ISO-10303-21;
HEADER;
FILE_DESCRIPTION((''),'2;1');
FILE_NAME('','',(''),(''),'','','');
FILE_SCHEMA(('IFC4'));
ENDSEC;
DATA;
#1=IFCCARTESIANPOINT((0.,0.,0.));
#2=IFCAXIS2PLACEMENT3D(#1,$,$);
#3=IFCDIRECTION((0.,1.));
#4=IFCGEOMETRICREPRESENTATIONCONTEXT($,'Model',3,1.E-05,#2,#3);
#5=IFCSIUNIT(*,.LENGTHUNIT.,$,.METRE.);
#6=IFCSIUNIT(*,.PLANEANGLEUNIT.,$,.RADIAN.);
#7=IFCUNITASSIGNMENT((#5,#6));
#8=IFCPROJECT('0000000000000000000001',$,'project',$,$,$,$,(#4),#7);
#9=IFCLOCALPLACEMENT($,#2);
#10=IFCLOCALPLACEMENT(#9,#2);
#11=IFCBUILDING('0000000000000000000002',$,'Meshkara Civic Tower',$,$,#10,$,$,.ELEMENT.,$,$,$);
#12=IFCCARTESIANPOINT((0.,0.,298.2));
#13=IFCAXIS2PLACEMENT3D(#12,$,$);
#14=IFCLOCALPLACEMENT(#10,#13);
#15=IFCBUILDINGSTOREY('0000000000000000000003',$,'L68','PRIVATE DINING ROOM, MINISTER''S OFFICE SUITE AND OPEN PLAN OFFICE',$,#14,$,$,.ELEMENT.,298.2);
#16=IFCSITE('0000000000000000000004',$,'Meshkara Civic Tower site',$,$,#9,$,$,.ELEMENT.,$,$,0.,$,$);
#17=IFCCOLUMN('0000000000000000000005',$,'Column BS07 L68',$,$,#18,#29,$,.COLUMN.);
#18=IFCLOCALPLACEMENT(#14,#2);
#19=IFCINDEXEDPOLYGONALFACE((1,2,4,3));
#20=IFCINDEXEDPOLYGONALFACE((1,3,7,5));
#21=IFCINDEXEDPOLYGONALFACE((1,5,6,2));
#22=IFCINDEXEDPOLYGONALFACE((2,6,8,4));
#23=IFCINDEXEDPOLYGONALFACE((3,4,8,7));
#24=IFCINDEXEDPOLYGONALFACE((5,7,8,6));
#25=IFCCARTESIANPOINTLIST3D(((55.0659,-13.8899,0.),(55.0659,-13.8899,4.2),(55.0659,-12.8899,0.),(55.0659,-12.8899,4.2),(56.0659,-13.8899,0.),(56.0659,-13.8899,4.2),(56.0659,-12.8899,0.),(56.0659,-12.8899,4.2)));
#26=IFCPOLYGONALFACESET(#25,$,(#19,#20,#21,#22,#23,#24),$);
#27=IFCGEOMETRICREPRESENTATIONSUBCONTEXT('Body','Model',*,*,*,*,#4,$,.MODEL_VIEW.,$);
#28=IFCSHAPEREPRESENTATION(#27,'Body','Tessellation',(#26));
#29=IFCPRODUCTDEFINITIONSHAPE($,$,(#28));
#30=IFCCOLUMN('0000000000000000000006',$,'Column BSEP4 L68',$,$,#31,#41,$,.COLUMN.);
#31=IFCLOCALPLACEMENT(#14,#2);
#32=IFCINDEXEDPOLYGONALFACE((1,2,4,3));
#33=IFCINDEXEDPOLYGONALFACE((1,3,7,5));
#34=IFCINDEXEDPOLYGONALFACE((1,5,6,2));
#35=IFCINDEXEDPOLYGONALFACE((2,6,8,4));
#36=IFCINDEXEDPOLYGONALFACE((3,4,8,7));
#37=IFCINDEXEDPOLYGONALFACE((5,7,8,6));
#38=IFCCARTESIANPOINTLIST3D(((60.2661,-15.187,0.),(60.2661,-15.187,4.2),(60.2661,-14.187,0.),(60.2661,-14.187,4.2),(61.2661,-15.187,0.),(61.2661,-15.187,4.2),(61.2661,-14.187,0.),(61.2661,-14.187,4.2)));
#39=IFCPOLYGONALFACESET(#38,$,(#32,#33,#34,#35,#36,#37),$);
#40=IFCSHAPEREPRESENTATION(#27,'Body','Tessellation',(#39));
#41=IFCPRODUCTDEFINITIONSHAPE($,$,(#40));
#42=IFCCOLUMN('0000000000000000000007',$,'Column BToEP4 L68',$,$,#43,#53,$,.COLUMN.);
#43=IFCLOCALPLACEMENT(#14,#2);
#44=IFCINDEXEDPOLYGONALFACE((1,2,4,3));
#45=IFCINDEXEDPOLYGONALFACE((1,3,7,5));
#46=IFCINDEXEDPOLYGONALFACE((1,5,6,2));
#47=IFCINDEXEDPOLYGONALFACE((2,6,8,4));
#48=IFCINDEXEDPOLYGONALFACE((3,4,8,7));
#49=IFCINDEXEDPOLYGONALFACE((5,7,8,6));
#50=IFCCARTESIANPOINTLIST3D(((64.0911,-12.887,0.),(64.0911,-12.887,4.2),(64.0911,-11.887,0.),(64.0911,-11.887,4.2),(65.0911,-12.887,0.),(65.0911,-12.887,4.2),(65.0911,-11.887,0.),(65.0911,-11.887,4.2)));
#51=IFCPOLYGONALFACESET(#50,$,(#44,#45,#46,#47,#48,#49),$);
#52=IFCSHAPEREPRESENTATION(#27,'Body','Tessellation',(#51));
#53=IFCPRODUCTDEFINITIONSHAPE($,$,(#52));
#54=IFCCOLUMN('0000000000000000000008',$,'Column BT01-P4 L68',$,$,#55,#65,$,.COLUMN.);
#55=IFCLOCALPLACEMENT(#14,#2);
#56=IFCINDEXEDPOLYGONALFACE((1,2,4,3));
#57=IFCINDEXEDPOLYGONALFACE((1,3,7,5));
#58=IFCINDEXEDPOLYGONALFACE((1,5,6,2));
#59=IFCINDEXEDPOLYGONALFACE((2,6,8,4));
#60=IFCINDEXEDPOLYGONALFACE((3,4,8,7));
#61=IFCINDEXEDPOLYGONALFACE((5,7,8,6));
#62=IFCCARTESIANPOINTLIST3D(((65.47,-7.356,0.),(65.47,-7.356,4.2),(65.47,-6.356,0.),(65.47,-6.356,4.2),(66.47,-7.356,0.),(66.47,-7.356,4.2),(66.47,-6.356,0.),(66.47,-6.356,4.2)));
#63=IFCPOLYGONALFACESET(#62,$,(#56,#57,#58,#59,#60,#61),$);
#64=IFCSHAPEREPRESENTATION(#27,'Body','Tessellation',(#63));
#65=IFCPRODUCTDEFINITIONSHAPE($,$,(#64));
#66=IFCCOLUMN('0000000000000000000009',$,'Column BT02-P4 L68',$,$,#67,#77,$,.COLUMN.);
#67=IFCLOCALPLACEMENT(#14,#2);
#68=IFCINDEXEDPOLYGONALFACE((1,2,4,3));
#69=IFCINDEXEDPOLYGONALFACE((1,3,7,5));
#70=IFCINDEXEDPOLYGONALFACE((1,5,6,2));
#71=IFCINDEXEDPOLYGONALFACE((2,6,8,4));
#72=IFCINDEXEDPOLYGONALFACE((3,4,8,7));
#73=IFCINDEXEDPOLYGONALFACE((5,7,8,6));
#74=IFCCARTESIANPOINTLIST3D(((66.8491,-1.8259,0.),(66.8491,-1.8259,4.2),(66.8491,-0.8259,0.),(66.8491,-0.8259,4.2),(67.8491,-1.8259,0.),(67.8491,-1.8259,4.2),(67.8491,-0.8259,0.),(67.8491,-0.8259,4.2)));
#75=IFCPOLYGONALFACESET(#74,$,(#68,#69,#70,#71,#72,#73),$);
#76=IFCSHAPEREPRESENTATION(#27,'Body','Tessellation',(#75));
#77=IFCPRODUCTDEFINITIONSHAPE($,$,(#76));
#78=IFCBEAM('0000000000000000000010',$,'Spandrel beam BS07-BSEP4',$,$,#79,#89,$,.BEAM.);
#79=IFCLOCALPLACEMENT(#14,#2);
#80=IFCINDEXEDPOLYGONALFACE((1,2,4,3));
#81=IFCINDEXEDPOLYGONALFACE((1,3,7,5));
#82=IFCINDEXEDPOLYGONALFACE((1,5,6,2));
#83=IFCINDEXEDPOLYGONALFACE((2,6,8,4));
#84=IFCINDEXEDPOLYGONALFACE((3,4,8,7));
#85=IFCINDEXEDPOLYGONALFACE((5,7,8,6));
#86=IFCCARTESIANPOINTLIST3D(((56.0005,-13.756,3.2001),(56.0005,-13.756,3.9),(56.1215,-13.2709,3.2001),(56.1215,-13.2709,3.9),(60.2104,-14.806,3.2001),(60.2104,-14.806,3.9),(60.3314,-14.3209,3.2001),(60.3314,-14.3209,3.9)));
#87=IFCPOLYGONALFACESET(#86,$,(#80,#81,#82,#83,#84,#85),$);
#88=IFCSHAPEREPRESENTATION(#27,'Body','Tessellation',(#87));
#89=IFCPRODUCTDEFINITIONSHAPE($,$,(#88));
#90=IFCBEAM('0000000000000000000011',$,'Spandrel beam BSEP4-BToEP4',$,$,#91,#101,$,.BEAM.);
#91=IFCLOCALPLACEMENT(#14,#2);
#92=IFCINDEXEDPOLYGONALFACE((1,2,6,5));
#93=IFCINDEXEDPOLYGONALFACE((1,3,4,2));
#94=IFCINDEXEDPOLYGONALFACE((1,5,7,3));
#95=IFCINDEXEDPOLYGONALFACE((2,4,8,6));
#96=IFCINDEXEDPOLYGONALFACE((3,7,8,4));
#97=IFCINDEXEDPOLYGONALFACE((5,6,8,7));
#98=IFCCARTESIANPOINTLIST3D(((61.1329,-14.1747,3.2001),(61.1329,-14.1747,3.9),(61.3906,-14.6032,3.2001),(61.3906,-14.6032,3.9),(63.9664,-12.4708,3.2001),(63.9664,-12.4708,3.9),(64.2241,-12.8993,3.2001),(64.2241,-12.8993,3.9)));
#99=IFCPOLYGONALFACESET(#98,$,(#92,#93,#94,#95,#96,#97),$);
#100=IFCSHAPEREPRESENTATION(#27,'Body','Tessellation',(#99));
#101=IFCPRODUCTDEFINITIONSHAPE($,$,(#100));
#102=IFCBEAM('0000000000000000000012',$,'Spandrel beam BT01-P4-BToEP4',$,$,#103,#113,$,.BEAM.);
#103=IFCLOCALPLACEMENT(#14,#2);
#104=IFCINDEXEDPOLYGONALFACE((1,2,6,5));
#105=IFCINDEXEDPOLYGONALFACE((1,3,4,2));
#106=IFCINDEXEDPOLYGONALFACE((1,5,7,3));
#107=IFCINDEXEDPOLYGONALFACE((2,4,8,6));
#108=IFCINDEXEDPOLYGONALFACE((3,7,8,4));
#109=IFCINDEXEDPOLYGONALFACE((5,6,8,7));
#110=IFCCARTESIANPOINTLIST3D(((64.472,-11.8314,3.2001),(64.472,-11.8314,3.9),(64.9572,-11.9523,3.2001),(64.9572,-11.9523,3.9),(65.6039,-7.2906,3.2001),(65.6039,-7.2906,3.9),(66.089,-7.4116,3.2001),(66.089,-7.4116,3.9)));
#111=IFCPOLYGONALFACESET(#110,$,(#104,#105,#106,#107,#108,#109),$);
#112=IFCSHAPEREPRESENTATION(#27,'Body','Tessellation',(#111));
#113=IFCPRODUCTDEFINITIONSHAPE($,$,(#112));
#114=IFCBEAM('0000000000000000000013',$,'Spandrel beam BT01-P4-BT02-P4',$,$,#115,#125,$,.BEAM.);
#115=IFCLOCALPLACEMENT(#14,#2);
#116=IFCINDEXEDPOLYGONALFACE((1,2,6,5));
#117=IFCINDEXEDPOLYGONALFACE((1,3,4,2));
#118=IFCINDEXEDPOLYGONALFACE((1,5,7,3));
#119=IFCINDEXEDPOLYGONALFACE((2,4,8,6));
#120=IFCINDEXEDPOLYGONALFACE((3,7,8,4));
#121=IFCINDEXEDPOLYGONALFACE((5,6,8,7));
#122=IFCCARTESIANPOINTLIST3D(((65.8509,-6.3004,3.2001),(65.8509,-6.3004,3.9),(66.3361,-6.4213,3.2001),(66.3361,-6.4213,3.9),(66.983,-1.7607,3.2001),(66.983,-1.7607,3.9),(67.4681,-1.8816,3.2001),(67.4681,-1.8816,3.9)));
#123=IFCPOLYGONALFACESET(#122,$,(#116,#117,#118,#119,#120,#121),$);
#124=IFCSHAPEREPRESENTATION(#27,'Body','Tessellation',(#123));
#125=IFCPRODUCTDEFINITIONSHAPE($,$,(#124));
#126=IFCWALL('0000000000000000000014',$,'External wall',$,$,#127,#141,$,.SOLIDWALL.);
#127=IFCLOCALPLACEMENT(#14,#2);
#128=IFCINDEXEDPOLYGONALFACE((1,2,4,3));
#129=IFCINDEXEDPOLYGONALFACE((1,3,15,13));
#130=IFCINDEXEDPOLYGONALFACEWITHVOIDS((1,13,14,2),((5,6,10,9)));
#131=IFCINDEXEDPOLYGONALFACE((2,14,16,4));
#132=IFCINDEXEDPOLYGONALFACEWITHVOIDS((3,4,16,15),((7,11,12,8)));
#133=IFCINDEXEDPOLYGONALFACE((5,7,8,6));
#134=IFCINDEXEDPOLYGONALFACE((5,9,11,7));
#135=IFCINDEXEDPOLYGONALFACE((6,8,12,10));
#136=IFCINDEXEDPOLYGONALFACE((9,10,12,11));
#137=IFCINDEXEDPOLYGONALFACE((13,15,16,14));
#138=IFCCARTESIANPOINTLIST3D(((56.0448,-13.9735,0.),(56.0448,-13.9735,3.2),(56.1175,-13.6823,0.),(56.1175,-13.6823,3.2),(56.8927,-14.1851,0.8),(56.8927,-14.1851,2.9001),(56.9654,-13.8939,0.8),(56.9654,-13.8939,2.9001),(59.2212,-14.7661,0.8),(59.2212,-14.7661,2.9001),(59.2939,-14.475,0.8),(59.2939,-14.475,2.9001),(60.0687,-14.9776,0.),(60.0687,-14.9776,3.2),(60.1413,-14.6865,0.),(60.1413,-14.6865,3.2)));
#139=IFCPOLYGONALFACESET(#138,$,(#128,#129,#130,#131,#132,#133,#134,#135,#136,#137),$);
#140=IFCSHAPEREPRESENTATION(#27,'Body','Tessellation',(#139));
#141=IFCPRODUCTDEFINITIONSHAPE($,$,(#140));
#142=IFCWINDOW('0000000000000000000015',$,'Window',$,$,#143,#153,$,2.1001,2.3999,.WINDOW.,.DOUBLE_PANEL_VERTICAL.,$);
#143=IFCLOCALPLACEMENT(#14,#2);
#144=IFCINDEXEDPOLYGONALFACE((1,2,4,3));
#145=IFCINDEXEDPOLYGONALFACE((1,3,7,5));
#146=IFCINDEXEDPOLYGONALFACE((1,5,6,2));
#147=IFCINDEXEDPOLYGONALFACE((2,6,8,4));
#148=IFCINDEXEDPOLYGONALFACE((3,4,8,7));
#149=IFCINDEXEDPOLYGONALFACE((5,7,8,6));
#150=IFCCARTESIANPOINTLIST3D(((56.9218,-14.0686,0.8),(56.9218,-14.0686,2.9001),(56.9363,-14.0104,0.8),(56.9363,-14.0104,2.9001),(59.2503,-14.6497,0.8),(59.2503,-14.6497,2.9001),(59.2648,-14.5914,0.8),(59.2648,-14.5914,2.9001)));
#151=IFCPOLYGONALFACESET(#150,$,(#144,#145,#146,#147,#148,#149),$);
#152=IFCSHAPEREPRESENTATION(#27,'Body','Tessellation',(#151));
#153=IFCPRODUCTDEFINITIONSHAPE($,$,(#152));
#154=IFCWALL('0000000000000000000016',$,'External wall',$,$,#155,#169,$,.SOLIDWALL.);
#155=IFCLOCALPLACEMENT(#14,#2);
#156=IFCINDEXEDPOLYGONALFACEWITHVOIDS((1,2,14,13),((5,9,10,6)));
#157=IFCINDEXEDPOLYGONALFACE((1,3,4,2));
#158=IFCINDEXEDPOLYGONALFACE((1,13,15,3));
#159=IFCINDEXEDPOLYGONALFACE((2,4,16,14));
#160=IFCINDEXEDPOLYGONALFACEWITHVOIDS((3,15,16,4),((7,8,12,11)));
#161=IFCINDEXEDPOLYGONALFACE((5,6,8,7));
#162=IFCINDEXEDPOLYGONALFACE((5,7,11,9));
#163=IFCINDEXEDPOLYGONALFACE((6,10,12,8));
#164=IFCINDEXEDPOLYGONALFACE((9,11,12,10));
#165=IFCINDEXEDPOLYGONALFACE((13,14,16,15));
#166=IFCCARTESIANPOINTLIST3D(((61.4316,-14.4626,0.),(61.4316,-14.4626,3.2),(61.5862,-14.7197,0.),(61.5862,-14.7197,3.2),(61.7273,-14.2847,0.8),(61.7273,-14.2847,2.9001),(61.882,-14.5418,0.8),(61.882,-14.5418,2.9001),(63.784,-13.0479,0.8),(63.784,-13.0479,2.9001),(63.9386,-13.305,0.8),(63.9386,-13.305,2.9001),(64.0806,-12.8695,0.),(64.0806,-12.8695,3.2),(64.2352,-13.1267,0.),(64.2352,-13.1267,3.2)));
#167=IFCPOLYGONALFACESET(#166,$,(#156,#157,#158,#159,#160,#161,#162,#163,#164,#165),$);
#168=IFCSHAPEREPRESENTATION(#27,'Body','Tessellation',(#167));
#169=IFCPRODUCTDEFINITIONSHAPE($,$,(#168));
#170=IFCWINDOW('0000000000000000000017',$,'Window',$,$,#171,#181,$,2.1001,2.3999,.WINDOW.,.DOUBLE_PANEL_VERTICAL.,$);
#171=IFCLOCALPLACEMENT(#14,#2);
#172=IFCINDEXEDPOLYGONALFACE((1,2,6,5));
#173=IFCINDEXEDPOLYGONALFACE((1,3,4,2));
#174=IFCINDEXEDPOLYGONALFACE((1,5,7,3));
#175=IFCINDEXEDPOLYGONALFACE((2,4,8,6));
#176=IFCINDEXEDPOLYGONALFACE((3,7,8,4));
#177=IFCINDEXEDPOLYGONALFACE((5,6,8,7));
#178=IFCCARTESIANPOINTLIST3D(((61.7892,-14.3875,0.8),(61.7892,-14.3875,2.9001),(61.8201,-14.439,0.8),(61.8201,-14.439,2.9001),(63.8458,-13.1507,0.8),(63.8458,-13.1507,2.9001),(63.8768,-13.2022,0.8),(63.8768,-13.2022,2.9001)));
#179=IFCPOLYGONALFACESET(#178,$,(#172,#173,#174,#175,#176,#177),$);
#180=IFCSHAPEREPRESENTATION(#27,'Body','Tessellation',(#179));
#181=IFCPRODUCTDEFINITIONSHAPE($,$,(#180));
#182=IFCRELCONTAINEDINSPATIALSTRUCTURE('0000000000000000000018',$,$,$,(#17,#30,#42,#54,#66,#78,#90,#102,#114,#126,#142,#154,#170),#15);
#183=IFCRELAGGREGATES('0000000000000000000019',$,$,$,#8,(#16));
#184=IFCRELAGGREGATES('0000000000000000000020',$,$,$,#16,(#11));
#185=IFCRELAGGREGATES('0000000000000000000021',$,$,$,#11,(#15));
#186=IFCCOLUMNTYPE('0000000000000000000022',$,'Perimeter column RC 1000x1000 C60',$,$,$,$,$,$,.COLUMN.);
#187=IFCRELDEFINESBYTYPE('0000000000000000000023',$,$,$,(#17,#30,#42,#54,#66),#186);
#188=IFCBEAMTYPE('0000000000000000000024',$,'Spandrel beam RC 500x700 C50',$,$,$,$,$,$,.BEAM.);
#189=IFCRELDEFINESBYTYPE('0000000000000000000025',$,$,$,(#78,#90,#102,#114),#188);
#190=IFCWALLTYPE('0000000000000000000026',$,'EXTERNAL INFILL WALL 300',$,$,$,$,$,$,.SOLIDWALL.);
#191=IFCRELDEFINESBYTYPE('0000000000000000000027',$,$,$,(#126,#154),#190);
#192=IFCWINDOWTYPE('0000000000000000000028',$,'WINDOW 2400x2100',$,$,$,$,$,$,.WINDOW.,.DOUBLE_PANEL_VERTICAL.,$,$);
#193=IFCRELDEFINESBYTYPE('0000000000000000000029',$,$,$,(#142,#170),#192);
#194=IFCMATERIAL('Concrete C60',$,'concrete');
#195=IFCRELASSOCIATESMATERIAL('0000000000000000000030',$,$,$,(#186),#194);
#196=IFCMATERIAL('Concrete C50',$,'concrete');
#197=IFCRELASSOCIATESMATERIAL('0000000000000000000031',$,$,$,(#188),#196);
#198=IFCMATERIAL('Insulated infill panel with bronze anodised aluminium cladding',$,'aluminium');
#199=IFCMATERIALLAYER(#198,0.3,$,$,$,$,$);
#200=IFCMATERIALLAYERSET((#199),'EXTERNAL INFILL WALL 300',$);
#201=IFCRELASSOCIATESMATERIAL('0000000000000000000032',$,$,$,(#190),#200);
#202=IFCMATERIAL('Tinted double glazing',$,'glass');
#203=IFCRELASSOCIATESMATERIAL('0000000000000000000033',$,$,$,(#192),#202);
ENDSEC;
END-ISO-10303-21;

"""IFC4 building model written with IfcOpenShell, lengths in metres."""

from ifc_helpers import new_model, si_unit, direction, frame, frame_2d, origin, origin_2d, place, context, subcontext, project, spatial, rectangle, extrude, material, layer, layer_set, material_profile, profile_set, type_object, element, fill, save


model = new_model("IFC4")

# Units and contexts
model_context = context("Model", 3, precision=1e-05, world=origin(), true_north=direction((0.0, 1.0)))
body_context = subcontext(model_context, "Body", "Model", "MODEL_VIEW")
ifc_project = project(units=[si_unit("LENGTHUNIT", "METRE"), si_unit("PLANEANGLEUNIT", "RADIAN")], contexts=[model_context])

# Site, building, storey
site_placement = place(None, origin())
site = spatial("IfcSite", under=ifc_project, at=site_placement, Name="Meshkara Civic Tower site", CompositionType="ELEMENT", RefElevation=0.0)
building_placement = place(site_placement, origin())
building = spatial("IfcBuilding", under=site, at=building_placement, Name="Meshkara Civic Tower", CompositionType="ELEMENT")
storey_placement = place(building_placement, frame((0.0, 0.0, 298.2)))
storey = spatial("IfcBuildingStorey", under=building, at=storey_placement, Name="L68", Description="PRIVATE DINING ROOM, MINISTER'S OFFICE SUITE AND OPEN PLAN OFFICE", CompositionType="ELEMENT", Elevation=298.2)

# Columns
ifc_material_1 = material(Name="Concrete C60", Category="concrete")
ifc_material_profile_1 = material_profile(ifc_material_1, rectangle(XDim=1.0, YDim=1.0, at=origin_2d()))
ifc_profile_set_1 = profile_set([ifc_material_profile_1], Name="Concrete C60")
column_type = type_object("IfcColumnType", Name="Perimeter column RC 1000x1000 C60", PredefinedType="COLUMN", material=ifc_profile_set_1)
for number, where, z_axis, x_axis, name in (
    (1, (55.5659, -13.3899, 0.0), (0.0, 0.0, 1.0), (1.0, 0.0, 0.0), "Column BS07 L68"),
    (2, (60.7661, -14.687, 0.0), (0.0, 0.0, 1.0), (1.0, 0.0, 0.0), "Column BSEP4 L68"),
    (3, (64.5911, -12.387, 0.0), (0.0, 0.0, 1.0), (1.0, 0.0, 0.0), "Column BToEP4 L68"),
    (4, (65.97, -6.856, 0.0), (0.0, 0.0, 1.0), (1.0, 0.0, 0.0), "Column BT01-P4 L68"),
    (5, (67.3491, -1.3259, 0.0), (0.0, 0.0, 1.0), (1.0, 0.0, 0.0), "Column BT02-P4 L68"),
):
    element("IfcColumn", number, at=place(storey_placement, frame(where, z_axis=z_axis, x_axis=x_axis)), inside=storey, type_object=column_type, Name=name, PredefinedType="COLUMN", context=body_context, shape_type="SweptSolid", body=[
        extrude(rectangle(XDim=1.0, YDim=1.0, at=origin_2d()), origin(), (0.0, 0.0, 1.0), 4.2),
    ])

# Beams
ifc_material_2 = material(Name="Concrete C50", Category="concrete")
ifc_material_profile_2 = material_profile(ifc_material_2, rectangle(XDim=0.5, YDim=0.7, at=origin_2d()))
ifc_profile_set_2 = profile_set([ifc_material_profile_2], Name="Concrete C50")
beam_type = type_object("IfcBeamType", Name="Spandrel beam RC 500x700 C50", PredefinedType="BEAM", material=ifc_profile_set_2)
beam_1_placement = place(storey_placement, frame((56.061, -13.5134, 3.55), z_axis=(0.970275, -0.242006, 0.0), x_axis=(0.242006, 0.970275, 0.0)))
element("IfcBeam", 6, at=beam_1_placement, inside=storey, type_object=beam_type, Name="Spandrel beam BS07-BSEP4", PredefinedType="BEAM", context=body_context, shape_type="SweptSolid", body=[
    extrude(rectangle(XDim=0.5, YDim=0.7, at=origin_2d()), origin(), (0.0, 0.0, 1.0), 4.3389),
])
beam_2_placement = place(storey_placement, frame((61.2617, -14.3889, 3.55), z_axis=(0.856991, 0.515332, 0.0), x_axis=(-0.515332, 0.856991, 0.0)))
element("IfcBeam", 7, at=beam_2_placement, inside=storey, type_object=beam_type, Name="Spandrel beam BSEP4-BToEP4", PredefinedType="BEAM", context=body_context, shape_type="SweptSolid", body=[
    extrude(rectangle(XDim=0.5, YDim=0.7, at=origin_2d()), origin(), (0.0, 0.0, 1.0), 3.3064),
])
beam_3_placement = place(storey_placement, frame((64.7146, -11.8918, 3.55), z_axis=(0.24186, 0.970311, 0.0), x_axis=(-0.970311, 0.24186, 0.0)))
element("IfcBeam", 8, at=beam_3_placement, inside=storey, type_object=beam_type, Name="Spandrel beam BT01-P4-BToEP4", PredefinedType="BEAM", context=body_context, shape_type="SweptSolid", body=[
    extrude(rectangle(XDim=0.5, YDim=0.7, at=origin_2d()), origin(), (0.0, 0.0, 1.0), 4.6797),
])
beam_4_placement = place(storey_placement, frame((66.0935, -6.3608, 3.55), z_axis=(0.241959, 0.970287, 0.0), x_axis=(-0.970287, 0.241959, 0.0)))
element("IfcBeam", 9, at=beam_4_placement, inside=storey, type_object=beam_type, Name="Spandrel beam BT01-P4-BT02-P4", PredefinedType="BEAM", context=body_context, shape_type="SweptSolid", body=[
    extrude(rectangle(XDim=0.5, YDim=0.7, at=origin_2d()), origin(), (0.0, 0.0, 1.0), 4.6787),
])

# Walls, openings, windows
ifc_material_3 = material(Name="Insulated infill panel with bronze anodised aluminium cladding", Category="aluminium")
ifc_layer_1 = layer(ifc_material_3, 0.3)
ifc_layer_set_1 = layer_set([ifc_layer_1], Name="EXTERNAL INFILL WALL 300")
wall_type_1 = type_object("IfcWallType", Name="EXTERNAL INFILL WALL 300", PredefinedType="SOLIDWALL", material=ifc_layer_set_1)
wall_1_placement = place(storey_placement, frame((56.0811, -13.8279, 0.0), z_axis=(0.0, 0.0, 1.0), x_axis=(0.970246, -0.24212, 0.0)))
wall_1 = element("IfcWall", 10, at=wall_1_placement, inside=storey, type_object=wall_type_1, Name="External wall", PredefinedType="SOLIDWALL", context=body_context, shape_type="SweptSolid", body=[
    extrude(rectangle(XDim=4.1472, YDim=0.3, at=frame_2d((2.0737, 0.0))), origin(), (0.0, 0.0, 1.0), 3.2),
])
opening_1_placement = place(wall_1_placement, frame((0.874, 0.0, 0.8)))
opening_1 = element("IfcOpeningElement", 11, at=opening_1_placement, cuts=wall_1, PredefinedType="OPENING", context=body_context, shape_type="SweptSolid", body=[
    extrude(rectangle(XDim=2.3999, YDim=2.1001, at=frame_2d((1.2, 1.05))), frame((0.0, 0.1599, 0.0), z_axis=(0.0, -1.0, 0.0), x_axis=(1.0, 0.0, 0.0)), (0.0, 0.0, 1.0), 0.3201),
])
ifc_material_4 = material(Name="Tinted double glazing", Category="glass")
window_type = type_object("IfcWindowType", Name="WINDOW 2400x2100", PartitioningType="DOUBLE_PANEL_VERTICAL", PredefinedType="WINDOW", material=ifc_material_4)
window_1_placement = place(opening_1_placement, origin())
window_1 = element("IfcWindow", 12, at=window_1_placement, inside=storey, type_object=window_type, Name="Window", OverallHeight=2.1001, OverallWidth=2.3999, PartitioningType="DOUBLE_PANEL_VERTICAL", PredefinedType="WINDOW", context=body_context, shape_type="SweptSolid", body=[
    extrude(rectangle(XDim=2.3999, YDim=2.1001, at=frame_2d((1.2, 1.05))), frame((0.0, 0.03, 0.0), z_axis=(0.0, -1.0, 0.0), x_axis=(1.0, 0.0, 0.0)), (0.0, 0.0, 1.0), 0.0601),
])
fill(opening_1, window_1)
wall_2_placement = place(storey_placement, frame((61.509, -14.5911, 0.0), z_axis=(0.0, 0.0, 1.0), x_axis=(0.85697, 0.515367, 0.0)))
wall_2 = element("IfcWall", 13, at=wall_2_placement, inside=storey, type_object=wall_type_1, Name="External wall", PredefinedType="SOLIDWALL", context=body_context, shape_type="SweptSolid", body=[
    extrude(rectangle(XDim=3.0911, YDim=0.3, at=frame_2d((1.5454, 0.0))), origin(), (0.0, 0.0, 1.0), 3.2),
])
opening_2_placement = place(wall_2_placement, frame((0.345, 0.0, 0.8)))
opening_2 = element("IfcOpeningElement", 14, at=opening_2_placement, cuts=wall_2, PredefinedType="OPENING", context=body_context, shape_type="SweptSolid", body=[
    extrude(rectangle(XDim=2.3999, YDim=2.1001, at=frame_2d((1.2, 1.05))), frame((0.0, 0.1599, 0.0), z_axis=(0.0, -1.0, 0.0), x_axis=(1.0, 0.0, 0.0)), (0.0, 0.0, 1.0), 0.3201),
])
window_2_placement = place(opening_2_placement, origin())
window_2 = element("IfcWindow", 15, at=window_2_placement, inside=storey, type_object=window_type, Name="Window", OverallHeight=2.1001, OverallWidth=2.3999, PartitioningType="DOUBLE_PANEL_VERTICAL", PredefinedType="WINDOW", context=body_context, shape_type="SweptSolid", body=[
    extrude(rectangle(XDim=2.3999, YDim=2.1001, at=frame_2d((1.2, 1.05))), frame((0.0, 0.03, 0.0), z_axis=(0.0, -1.0, 0.0), x_axis=(1.0, 0.0, 0.0)), (0.0, 0.0, 1.0), 0.0601),
])
fill(opening_2, window_2)

save(model, "model.ifc")
